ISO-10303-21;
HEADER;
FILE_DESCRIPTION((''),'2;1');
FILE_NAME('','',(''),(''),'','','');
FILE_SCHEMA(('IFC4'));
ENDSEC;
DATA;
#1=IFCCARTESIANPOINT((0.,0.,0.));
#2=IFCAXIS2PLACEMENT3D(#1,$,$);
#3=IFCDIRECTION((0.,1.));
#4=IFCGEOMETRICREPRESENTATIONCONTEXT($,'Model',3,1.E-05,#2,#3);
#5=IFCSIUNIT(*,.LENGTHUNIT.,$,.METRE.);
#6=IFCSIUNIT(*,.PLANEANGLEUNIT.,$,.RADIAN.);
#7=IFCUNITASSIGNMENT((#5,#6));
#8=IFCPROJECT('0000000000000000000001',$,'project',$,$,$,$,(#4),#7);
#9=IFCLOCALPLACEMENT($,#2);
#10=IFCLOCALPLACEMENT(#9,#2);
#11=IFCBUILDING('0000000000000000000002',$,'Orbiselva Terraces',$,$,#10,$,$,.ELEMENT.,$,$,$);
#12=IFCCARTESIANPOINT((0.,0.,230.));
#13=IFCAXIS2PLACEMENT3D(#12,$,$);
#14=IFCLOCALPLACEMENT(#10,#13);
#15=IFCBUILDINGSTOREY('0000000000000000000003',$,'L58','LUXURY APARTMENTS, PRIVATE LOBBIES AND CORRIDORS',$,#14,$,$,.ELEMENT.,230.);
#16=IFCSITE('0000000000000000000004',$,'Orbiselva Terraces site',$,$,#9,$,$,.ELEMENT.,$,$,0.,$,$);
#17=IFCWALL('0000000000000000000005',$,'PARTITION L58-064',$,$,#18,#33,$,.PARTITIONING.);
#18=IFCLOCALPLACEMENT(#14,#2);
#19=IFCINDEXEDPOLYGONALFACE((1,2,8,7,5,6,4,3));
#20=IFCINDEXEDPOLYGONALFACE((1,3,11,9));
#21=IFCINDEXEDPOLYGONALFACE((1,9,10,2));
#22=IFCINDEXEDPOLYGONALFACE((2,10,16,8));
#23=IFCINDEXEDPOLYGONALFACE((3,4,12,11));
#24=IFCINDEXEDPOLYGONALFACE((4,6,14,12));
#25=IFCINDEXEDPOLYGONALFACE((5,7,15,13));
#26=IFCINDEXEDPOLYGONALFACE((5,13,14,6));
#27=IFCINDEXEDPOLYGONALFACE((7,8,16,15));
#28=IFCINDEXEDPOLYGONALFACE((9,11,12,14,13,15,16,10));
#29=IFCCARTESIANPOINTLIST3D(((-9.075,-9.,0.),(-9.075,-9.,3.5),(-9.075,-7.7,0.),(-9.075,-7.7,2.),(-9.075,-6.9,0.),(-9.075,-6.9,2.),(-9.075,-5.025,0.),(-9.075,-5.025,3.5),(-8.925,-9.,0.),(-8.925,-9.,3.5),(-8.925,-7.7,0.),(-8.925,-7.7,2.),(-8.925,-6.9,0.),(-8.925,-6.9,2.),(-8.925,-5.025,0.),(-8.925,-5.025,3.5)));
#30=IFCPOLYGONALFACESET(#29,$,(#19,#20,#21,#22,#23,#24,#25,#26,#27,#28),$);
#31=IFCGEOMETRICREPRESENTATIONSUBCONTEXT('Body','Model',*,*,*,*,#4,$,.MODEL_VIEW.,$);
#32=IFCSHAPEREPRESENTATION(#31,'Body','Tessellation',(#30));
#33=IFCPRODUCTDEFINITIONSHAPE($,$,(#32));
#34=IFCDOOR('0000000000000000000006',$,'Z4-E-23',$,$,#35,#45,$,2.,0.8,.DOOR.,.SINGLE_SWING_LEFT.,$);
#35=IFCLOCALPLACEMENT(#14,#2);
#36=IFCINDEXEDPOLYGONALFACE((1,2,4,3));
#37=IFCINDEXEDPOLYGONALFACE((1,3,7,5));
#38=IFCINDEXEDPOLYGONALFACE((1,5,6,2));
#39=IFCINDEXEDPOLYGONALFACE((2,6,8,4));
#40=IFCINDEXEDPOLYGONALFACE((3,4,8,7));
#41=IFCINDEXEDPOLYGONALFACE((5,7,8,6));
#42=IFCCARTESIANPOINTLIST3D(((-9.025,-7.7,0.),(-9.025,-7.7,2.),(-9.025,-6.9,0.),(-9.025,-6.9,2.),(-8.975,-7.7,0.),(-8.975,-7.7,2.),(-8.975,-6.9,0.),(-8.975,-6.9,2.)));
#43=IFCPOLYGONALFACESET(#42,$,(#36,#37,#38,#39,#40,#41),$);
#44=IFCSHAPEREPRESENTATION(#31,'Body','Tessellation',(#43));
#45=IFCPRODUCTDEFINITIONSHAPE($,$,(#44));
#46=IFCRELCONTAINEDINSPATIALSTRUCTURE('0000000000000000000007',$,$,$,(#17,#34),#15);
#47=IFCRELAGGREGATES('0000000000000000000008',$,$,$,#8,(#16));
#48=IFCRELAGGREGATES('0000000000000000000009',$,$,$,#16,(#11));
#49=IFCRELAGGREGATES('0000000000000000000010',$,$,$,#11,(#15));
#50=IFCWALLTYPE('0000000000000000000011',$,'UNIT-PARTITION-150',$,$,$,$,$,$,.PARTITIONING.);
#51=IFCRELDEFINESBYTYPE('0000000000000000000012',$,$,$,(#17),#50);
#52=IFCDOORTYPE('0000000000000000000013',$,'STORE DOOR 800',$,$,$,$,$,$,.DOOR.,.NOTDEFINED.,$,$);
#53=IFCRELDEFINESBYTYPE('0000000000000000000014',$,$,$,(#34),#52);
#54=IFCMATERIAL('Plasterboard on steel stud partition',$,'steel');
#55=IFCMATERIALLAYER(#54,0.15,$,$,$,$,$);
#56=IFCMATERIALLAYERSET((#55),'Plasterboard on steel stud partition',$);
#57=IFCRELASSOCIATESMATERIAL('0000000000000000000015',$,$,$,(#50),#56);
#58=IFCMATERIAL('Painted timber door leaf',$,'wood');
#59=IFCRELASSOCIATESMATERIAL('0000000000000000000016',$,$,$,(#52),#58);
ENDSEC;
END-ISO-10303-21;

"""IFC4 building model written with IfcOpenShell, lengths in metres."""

from ifc_helpers import new_model, si_unit, direction, frame, frame_2d, origin, place, context, subcontext, project, spatial, rectangle, extrude, material, layer, layer_set, type_object, element, fill, save


model = new_model("IFC4")

# Units and contexts
model_context = context("Model", 3, precision=1e-05, world=origin(), true_north=direction((0.0, 1.0)))
body_context = subcontext(model_context, "Body", "Model", "MODEL_VIEW")
ifc_project = project(units=[si_unit("LENGTHUNIT", "METRE"), si_unit("PLANEANGLEUNIT", "RADIAN")], contexts=[model_context])

# Site, building, storey
site_placement = place(None, origin())
site = spatial("IfcSite", under=ifc_project, at=site_placement, Name="Orbiselva Terraces site", CompositionType="ELEMENT", RefElevation=0.0)
building_placement = place(site_placement, origin())
building = spatial("IfcBuilding", under=site, at=building_placement, Name="Orbiselva Terraces", CompositionType="ELEMENT")
storey_placement = place(building_placement, frame((0.0, 0.0, 230.0)))
storey = spatial("IfcBuildingStorey", under=building, at=storey_placement, Name="L58", Description="LUXURY APARTMENTS, PRIVATE LOBBIES AND CORRIDORS", CompositionType="ELEMENT", Elevation=230.0)

# Shared definitions
ifc_material_1 = material(Name="Plasterboard on steel stud partition", Category="steel")
ifc_material_2 = material(Name="Painted timber door leaf", Category="wood")

# Shared definitions
ifc_layer_1 = layer(ifc_material_1, 0.15)
ifc_layer_set_1 = layer_set([ifc_layer_1], Name="Plasterboard on steel stud partition")
wall_type_1 = type_object("IfcWallType", Name="UNIT-PARTITION-150", PredefinedType="PARTITIONING", material=ifc_layer_set_1)

# Shared definitions
door_type_1 = type_object("IfcDoorType", Name="STORE DOOR 800", OperationType="NOTDEFINED", PredefinedType="DOOR", material=ifc_material_2)

# Wall, opening, door
wall_1_placement = place(storey_placement, frame((-9.0, -9.0, 0.0), z_axis=(0.0, 0.0, 1.0), x_axis=(0.0, 1.0, 0.0)))
wall_1 = element("IfcWall", 1, at=wall_1_placement, inside=storey, type_object=wall_type_1, Name="PARTITION L58-064", PredefinedType="PARTITIONING", context=body_context, shape_type="SweptSolid", body=[
    extrude(rectangle(XDim=3.975, YDim=0.15, at=frame_2d((1.9875, 0.0))), origin(), (0.0, 0.0, 1.0), 3.5),
])
opening_1_placement = place(wall_1_placement, frame((1.3, 0.0, 0.0)))
opening_1 = element("IfcOpeningElement", 2, at=opening_1_placement, cuts=wall_1, PredefinedType="OPENING", context=body_context, shape_type="SweptSolid", body=[
    extrude(rectangle(XDim=0.8, YDim=2.0, at=frame_2d((0.4, 1.0))), frame((0.0, 0.085, 0.0), z_axis=(0.0, -1.0, 0.0), x_axis=(1.0, 0.0, 0.0)), (0.0, 0.0, 1.0), 0.17),
])
door_1_placement = place(opening_1_placement, origin())
door_1 = element("IfcDoor", 3, at=door_1_placement, inside=storey, type_object=door_type_1, Name="Z4-E-23", OperationType="SINGLE_SWING_LEFT", OverallHeight=2.0, OverallWidth=0.8, PredefinedType="DOOR", context=body_context, shape_type="SweptSolid", body=[
    extrude(rectangle(XDim=0.8, YDim=2.0, at=frame_2d((0.4, 1.0))), frame((0.0, 0.025, 0.0), z_axis=(0.0, -1.0, 0.0), x_axis=(1.0, 0.0, 0.0)), (0.0, 0.0, 1.0), 0.05),
])
fill(opening_1, door_1)

save(model, "model.ifc")
